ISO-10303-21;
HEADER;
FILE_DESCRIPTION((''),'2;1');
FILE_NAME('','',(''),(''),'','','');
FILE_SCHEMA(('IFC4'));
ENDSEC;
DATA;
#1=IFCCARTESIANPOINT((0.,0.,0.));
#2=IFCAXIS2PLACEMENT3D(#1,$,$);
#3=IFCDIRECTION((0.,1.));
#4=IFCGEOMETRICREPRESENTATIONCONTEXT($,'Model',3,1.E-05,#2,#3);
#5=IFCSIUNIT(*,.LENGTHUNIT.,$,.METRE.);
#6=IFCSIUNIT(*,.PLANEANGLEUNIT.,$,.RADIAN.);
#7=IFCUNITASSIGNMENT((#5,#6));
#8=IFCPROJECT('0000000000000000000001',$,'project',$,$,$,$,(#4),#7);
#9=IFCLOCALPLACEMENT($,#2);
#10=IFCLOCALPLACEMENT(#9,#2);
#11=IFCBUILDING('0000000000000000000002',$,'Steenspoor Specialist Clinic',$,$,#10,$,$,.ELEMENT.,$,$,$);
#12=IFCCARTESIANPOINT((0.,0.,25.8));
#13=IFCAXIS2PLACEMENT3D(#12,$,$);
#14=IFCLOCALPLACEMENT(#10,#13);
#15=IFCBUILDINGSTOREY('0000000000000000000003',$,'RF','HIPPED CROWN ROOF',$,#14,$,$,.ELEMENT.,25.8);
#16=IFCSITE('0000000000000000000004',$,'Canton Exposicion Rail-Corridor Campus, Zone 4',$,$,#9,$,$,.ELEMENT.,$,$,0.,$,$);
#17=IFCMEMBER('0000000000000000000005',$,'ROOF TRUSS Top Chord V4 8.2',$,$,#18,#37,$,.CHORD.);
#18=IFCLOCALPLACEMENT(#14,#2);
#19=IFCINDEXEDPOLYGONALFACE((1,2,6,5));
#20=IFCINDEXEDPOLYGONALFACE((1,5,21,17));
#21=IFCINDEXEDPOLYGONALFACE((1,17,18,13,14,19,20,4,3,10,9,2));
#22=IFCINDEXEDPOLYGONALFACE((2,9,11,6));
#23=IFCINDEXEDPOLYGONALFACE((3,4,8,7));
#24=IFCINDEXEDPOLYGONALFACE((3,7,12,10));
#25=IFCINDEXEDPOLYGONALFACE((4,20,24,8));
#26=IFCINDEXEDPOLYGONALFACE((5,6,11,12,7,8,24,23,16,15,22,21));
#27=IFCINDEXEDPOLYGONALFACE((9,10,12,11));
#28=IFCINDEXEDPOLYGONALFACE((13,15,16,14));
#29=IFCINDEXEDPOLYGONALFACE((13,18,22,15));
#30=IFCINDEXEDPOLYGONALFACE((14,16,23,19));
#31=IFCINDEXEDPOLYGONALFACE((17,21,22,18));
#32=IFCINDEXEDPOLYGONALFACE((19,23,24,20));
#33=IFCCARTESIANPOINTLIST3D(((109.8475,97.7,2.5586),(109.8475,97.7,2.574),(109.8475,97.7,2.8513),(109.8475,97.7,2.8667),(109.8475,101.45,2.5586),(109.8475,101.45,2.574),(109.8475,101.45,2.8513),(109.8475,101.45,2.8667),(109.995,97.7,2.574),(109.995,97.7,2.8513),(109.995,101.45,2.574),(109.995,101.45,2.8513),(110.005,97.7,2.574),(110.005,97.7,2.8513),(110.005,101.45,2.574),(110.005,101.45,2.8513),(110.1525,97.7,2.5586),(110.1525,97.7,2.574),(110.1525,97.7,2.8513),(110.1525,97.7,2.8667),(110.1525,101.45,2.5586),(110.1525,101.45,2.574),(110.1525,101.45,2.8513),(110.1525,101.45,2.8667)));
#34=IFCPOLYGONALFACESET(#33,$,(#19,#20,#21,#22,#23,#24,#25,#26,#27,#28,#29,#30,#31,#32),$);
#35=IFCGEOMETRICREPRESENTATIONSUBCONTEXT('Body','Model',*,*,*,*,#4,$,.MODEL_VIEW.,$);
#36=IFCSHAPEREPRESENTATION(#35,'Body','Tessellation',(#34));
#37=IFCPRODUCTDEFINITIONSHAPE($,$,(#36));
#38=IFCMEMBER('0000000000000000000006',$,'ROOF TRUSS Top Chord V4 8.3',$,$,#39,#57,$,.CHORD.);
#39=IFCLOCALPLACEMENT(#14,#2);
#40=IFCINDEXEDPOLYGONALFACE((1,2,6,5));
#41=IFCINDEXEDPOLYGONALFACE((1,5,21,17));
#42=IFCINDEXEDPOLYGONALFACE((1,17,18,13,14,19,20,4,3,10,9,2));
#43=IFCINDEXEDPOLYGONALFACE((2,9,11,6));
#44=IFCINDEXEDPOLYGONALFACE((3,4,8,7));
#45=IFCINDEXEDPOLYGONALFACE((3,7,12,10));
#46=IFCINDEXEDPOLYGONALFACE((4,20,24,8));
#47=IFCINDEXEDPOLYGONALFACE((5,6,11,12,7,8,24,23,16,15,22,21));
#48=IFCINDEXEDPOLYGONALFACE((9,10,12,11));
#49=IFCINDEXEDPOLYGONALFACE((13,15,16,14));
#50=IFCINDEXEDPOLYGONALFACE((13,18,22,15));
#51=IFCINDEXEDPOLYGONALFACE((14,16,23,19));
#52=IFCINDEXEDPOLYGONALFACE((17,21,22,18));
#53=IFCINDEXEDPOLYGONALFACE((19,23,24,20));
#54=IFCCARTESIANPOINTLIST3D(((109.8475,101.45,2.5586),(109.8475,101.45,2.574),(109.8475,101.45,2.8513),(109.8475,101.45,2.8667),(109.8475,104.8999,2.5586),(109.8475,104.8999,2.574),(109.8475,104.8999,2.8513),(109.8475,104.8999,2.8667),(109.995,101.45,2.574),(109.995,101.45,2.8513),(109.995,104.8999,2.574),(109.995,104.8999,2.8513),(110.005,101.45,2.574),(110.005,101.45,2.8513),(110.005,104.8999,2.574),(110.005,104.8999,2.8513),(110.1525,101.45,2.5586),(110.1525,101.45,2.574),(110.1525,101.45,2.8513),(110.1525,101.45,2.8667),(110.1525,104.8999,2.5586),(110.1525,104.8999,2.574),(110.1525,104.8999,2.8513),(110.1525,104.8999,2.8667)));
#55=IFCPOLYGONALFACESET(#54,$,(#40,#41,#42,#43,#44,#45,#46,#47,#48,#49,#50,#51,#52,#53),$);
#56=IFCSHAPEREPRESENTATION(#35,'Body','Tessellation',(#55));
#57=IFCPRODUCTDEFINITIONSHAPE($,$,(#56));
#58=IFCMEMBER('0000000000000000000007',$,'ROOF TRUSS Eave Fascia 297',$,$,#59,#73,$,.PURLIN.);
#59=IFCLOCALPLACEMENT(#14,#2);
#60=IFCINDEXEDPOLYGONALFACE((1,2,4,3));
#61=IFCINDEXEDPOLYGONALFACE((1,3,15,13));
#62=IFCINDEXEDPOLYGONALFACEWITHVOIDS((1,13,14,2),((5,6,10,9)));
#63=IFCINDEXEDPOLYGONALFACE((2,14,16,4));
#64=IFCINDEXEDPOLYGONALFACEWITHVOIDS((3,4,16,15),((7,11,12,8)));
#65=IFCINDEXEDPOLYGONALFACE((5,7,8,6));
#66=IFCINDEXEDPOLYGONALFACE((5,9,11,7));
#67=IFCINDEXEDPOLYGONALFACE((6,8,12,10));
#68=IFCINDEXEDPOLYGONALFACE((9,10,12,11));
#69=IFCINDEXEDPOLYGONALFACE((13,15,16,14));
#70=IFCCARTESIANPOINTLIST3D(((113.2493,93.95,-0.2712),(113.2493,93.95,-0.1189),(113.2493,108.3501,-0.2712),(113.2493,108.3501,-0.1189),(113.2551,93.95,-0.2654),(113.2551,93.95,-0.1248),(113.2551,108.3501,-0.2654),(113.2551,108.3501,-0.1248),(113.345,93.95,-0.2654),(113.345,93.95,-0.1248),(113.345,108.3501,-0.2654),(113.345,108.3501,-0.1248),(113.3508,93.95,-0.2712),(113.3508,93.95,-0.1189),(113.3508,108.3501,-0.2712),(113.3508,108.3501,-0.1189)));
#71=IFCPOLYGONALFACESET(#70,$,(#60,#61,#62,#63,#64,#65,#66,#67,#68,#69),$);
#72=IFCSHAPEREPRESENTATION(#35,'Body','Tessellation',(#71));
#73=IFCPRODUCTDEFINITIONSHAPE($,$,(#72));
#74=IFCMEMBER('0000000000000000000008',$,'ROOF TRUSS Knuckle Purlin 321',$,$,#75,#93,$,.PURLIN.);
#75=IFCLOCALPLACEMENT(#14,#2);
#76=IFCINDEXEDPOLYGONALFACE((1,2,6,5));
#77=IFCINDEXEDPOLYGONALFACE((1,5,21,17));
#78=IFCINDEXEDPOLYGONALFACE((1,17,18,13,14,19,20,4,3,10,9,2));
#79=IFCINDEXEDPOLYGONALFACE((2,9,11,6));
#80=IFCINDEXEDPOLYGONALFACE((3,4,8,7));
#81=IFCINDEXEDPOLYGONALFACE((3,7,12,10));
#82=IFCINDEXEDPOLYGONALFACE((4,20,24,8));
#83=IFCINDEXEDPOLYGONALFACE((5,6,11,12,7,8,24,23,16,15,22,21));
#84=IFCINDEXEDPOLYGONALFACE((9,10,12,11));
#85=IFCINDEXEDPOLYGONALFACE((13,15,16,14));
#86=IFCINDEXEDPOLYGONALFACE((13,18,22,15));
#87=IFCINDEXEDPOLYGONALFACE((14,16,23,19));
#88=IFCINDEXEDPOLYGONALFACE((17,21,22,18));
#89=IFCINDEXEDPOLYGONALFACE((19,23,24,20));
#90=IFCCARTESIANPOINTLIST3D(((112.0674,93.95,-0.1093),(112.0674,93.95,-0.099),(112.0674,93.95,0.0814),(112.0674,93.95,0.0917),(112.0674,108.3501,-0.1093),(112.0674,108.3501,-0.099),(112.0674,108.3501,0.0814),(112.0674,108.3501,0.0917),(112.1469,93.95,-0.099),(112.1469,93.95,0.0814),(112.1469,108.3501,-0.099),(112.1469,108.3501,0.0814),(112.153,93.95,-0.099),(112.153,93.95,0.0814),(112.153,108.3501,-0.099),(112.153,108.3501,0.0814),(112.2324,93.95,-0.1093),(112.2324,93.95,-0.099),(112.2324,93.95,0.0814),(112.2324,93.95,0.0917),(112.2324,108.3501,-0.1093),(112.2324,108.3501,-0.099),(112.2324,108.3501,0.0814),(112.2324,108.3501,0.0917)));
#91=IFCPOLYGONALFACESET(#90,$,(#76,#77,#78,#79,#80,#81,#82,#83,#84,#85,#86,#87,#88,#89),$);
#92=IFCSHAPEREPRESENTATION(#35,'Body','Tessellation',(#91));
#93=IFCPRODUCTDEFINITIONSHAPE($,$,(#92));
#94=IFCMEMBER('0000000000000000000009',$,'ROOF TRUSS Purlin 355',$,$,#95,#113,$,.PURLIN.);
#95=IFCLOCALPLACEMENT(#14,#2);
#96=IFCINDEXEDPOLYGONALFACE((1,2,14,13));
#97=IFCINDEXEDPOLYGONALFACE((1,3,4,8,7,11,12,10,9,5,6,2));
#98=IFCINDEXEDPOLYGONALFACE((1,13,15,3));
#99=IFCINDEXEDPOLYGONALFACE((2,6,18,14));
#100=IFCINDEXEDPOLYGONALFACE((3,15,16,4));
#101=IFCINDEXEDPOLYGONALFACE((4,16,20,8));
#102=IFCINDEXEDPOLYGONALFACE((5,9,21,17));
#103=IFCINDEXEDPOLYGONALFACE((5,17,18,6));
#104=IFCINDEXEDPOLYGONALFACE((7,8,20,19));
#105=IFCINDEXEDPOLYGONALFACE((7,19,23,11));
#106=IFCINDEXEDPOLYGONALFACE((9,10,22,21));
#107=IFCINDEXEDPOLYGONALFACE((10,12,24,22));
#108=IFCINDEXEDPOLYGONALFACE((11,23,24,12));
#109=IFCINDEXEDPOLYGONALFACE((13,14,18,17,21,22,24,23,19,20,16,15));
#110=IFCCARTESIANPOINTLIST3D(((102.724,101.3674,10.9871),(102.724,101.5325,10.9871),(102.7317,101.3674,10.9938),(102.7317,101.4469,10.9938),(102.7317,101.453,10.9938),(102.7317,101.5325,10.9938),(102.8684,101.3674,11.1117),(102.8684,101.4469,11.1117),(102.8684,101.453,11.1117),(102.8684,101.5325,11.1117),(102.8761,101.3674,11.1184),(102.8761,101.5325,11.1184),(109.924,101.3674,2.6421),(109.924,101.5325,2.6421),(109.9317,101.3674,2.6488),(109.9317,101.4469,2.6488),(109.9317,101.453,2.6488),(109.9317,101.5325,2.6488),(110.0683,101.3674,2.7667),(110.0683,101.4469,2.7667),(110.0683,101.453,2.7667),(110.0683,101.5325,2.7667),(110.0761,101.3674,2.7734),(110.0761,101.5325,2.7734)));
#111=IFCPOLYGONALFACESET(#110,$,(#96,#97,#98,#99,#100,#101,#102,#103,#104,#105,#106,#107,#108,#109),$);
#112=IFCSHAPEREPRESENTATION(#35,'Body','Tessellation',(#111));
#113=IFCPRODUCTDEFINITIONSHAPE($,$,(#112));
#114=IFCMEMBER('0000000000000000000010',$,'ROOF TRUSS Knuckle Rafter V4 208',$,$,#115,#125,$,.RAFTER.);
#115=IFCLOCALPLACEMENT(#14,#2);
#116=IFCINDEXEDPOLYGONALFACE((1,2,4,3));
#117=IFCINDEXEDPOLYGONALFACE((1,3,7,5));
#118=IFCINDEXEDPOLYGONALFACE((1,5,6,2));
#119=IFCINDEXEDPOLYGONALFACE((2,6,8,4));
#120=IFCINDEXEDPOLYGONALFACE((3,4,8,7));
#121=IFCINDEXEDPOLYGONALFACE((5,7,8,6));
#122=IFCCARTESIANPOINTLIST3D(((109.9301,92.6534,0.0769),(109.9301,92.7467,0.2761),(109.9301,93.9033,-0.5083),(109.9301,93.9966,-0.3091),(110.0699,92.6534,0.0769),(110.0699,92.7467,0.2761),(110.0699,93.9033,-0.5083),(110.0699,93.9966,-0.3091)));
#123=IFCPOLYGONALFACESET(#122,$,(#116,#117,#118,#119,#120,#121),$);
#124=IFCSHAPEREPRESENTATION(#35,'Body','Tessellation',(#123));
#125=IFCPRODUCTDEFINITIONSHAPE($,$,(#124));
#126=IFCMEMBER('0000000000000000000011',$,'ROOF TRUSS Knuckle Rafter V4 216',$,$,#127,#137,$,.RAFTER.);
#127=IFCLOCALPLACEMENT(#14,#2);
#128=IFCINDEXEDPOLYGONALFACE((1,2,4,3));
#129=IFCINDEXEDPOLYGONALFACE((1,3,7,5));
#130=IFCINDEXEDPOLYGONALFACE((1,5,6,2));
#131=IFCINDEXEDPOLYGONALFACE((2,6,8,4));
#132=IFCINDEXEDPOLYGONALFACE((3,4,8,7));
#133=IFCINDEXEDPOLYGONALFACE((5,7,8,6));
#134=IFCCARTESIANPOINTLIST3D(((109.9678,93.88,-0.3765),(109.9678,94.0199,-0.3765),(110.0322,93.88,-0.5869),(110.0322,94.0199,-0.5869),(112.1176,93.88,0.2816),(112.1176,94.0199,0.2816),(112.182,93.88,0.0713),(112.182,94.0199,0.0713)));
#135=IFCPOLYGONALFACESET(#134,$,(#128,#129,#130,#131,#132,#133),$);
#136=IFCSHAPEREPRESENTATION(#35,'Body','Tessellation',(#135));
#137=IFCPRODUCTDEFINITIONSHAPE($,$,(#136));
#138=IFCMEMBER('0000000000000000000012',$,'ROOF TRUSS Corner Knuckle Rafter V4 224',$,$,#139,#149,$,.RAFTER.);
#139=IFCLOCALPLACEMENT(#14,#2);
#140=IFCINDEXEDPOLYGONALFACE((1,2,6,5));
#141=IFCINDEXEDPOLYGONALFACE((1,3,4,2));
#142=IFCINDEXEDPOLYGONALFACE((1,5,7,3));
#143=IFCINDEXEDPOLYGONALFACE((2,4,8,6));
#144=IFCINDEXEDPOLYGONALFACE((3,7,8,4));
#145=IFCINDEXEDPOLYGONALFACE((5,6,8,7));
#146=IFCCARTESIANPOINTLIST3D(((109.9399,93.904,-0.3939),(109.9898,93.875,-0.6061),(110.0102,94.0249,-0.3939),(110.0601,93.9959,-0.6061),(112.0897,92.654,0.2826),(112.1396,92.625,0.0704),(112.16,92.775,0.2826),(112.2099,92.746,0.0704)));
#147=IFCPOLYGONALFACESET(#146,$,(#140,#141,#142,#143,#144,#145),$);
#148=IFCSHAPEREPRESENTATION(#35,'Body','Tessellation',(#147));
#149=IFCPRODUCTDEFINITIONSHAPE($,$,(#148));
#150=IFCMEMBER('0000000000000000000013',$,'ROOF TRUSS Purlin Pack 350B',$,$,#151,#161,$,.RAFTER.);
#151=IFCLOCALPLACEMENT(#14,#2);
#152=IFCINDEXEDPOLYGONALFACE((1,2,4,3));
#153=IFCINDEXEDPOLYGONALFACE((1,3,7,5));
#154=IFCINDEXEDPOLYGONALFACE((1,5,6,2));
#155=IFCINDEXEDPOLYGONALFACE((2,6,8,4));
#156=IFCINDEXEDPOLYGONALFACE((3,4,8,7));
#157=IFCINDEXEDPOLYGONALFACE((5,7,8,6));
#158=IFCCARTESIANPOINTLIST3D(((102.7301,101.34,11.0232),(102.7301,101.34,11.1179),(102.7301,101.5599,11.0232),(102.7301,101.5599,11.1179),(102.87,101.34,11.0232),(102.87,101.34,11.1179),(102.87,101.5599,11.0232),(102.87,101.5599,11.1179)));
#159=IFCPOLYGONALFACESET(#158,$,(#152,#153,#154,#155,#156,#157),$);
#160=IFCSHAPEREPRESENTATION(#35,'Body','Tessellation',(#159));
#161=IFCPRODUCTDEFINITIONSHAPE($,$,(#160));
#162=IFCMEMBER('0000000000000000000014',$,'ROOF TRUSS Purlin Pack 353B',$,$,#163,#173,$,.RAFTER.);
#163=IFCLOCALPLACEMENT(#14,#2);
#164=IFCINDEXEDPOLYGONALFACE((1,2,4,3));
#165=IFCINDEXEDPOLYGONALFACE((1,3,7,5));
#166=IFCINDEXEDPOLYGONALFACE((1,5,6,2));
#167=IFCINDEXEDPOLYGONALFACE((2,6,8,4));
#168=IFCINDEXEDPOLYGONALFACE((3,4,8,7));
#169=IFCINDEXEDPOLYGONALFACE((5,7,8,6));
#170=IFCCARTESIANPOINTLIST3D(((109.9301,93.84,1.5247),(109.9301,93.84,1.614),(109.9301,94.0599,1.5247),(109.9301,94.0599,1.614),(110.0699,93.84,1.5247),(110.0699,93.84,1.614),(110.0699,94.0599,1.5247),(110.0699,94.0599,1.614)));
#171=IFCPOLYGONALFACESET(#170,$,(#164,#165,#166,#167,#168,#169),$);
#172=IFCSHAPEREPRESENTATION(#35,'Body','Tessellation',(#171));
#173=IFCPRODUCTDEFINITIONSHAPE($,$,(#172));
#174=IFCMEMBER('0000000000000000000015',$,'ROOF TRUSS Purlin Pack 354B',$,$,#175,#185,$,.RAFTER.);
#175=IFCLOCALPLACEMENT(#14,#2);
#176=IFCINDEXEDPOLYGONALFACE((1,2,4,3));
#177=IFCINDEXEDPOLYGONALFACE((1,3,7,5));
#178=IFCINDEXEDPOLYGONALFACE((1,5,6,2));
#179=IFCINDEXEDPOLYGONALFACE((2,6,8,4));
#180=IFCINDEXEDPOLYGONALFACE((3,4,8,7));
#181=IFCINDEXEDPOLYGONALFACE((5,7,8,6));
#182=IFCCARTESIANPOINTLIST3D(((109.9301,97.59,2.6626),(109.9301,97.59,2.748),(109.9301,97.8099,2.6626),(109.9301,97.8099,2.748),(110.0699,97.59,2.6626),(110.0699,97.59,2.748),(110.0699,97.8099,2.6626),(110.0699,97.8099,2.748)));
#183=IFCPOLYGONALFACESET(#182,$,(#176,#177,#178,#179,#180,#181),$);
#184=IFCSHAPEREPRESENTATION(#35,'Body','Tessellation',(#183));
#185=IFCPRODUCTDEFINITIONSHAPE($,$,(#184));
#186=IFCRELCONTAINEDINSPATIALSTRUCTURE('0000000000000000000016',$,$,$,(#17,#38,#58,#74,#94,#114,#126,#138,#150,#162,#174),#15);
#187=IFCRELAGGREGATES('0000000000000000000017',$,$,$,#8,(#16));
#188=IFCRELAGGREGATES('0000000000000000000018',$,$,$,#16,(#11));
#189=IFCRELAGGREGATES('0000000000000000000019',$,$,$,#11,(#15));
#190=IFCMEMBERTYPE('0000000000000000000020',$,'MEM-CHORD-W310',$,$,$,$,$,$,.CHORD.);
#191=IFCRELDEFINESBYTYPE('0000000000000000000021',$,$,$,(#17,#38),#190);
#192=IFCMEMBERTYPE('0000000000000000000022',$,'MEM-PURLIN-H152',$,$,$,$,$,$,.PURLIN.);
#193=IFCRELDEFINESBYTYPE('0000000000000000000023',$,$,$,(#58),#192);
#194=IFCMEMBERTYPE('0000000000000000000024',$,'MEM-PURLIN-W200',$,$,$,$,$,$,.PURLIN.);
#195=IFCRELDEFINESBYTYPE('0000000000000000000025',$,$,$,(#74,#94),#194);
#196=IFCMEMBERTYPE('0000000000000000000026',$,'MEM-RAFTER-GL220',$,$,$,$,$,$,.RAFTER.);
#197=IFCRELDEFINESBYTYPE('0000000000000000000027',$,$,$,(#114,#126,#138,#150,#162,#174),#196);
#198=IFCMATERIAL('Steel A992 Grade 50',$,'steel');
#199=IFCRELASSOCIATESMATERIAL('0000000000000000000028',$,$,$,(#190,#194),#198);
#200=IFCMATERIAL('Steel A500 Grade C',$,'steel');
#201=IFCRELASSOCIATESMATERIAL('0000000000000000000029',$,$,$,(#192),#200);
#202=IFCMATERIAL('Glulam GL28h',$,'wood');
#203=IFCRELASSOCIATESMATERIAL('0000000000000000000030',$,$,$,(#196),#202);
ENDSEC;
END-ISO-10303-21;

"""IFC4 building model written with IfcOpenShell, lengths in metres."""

from ifc_helpers import new_model, si_unit, direction, frame, origin, origin_2d, place, context, subcontext, project, spatial, rectangle, hollow_rectangle, i_section, extrude, material, material_profile, profile_set, type_object, element, save


model = new_model("IFC4")

# Units and contexts
model_context = context("Model", 3, precision=1e-05, world=origin(), true_north=direction((0.0, 1.0)))
body_context = subcontext(model_context, "Body", "Model", "MODEL_VIEW")
ifc_project = project(units=[si_unit("LENGTHUNIT", "METRE"), si_unit("PLANEANGLEUNIT", "RADIAN")], contexts=[model_context])

# Site, building, storey
site_placement = place(None, origin())
site = spatial("IfcSite", under=ifc_project, at=site_placement, Name="Canton Exposicion Rail-Corridor Campus, Zone 4", CompositionType="ELEMENT", RefElevation=0.0)
building_placement = place(site_placement, origin())
building = spatial("IfcBuilding", under=site, at=building_placement, Name="Steenspoor Specialist Clinic", CompositionType="ELEMENT")
storey_placement = place(building_placement, frame((0.0, 0.0, 25.8)))
storey = spatial("IfcBuildingStorey", under=building, at=storey_placement, Name="RF", Description="HIPPED CROWN ROOF", CompositionType="ELEMENT", Elevation=25.8)

# Shared definitions
ifc_material_1 = material(Name="Steel A992 Grade 50", Category="steel")

# Members
ifc_material_2 = material(Name="Steel A500 Grade C", Category="steel")
ifc_material_profile_1 = material_profile(ifc_material_1, i_section(OverallWidth=0.3049, OverallDepth=0.3081, WebThickness=0.01, FlangeThickness=0.0154, at=origin_2d()), Name="W310X97")
ifc_profile_set_1 = profile_set([ifc_material_profile_1], Name="Steel A992 Grade 50")
member_type_1 = type_object("IfcMemberType", Name="MEM-CHORD-W310", PredefinedType="CHORD", material=ifc_profile_set_1)
member_1_placement = place(storey_placement, frame((110.0, 97.7, 2.7126), z_axis=(0.0, 1.0, 0.0), x_axis=(-1.0, 0.0, 0.0)))
element("IfcMember", 1, at=member_1_placement, inside=storey, type_object=member_type_1, Name="ROOF TRUSS Top Chord V4 8.2", PredefinedType="CHORD", context=body_context, shape_type="SweptSolid", body=[
    extrude(i_section(OverallWidth=0.3049, OverallDepth=0.3081, WebThickness=0.01, FlangeThickness=0.0154, at=origin_2d()), origin(), (0.0, 0.0, 1.0), 3.75),
])
member_2_placement = place(storey_placement, frame((110.0, 101.45, 2.7126), z_axis=(0.0, 1.0, 0.0), x_axis=(-1.0, 0.0, 0.0)))
element("IfcMember", 2, at=member_2_placement, inside=storey, type_object=member_type_1, Name="ROOF TRUSS Top Chord V4 8.3", PredefinedType="CHORD", context=body_context, shape_type="SweptSolid", body=[
    extrude(i_section(OverallWidth=0.3049, OverallDepth=0.3081, WebThickness=0.01, FlangeThickness=0.0154, at=origin_2d()), origin(), (0.0, 0.0, 1.0), 3.45),
])
ifc_material_profile_2 = material_profile(ifc_material_2, hollow_rectangle(XDim=0.1016, YDim=0.1523, WallThickness=0.0059, at=origin_2d()), Name="HSS152X102X6.4")
ifc_profile_set_2 = profile_set([ifc_material_profile_2], Name="Steel A500 Grade C")
member_type_2 = type_object("IfcMemberType", Name="MEM-PURLIN-H152", PredefinedType="PURLIN", material=ifc_profile_set_2)
member_3_placement = place(storey_placement, frame((113.3, 93.95, -0.1951), z_axis=(0.0, 1.0, 0.0), x_axis=(-1.0, 0.0, 0.0)))
element("IfcMember", 3, at=member_3_placement, inside=storey, type_object=member_type_2, Name="ROOF TRUSS Eave Fascia 297", PredefinedType="PURLIN", context=body_context, shape_type="SweptSolid", body=[
    extrude(hollow_rectangle(XDim=0.1016, YDim=0.1523, WallThickness=0.0059, at=origin_2d()), origin(), (0.0, 0.0, 1.0), 14.4001),
])
ifc_material_profile_3 = material_profile(ifc_material_1, i_section(OverallWidth=0.165, OverallDepth=0.2009, WebThickness=0.0061, FlangeThickness=0.0103, at=origin_2d()), Name="W200X36")
ifc_profile_set_3 = profile_set([ifc_material_profile_3], Name="Steel A992 Grade 50")
member_type_3 = type_object("IfcMemberType", Name="MEM-PURLIN-W200", PredefinedType="PURLIN", material=ifc_profile_set_3)
member_4_placement = place(storey_placement, frame((112.1499, 93.95, -0.0088), z_axis=(0.0, 1.0, 0.0), x_axis=(-1.0, 0.0, 0.0)))
element("IfcMember", 4, at=member_4_placement, inside=storey, type_object=member_type_3, Name="ROOF TRUSS Knuckle Purlin 321", PredefinedType="PURLIN", context=body_context, shape_type="SweptSolid", body=[
    extrude(i_section(OverallWidth=0.165, OverallDepth=0.2009, WebThickness=0.0061, FlangeThickness=0.0103, at=origin_2d()), origin(), (0.0, 0.0, 1.0), 14.4001),
])
member_5_placement = place(storey_placement, frame((102.8, 101.45, 11.0527), z_axis=(0.653252, 0.0, -0.75714), x_axis=(0.0, 1.0, 0.0)))
element("IfcMember", 5, at=member_5_placement, inside=storey, type_object=member_type_3, Name="ROOF TRUSS Purlin 355", PredefinedType="PURLIN", context=body_context, shape_type="SweptSolid", body=[
    extrude(i_section(OverallWidth=0.165, OverallDepth=0.2009, WebThickness=0.0061, FlangeThickness=0.0103, at=origin_2d()), origin(), (0.0, 0.0, 1.0), 11.0217),
])
ifc_material_3 = material(Name="Glulam GL28h", Category="wood")
ifc_material_profile_4 = material_profile(ifc_material_3, rectangle(XDim=0.1399, YDim=0.22, at=origin_2d()), Name="GL28H-140X220")
ifc_profile_set_4 = profile_set([ifc_material_profile_4], Name="Glulam GL28h")
member_type_4 = type_object("IfcMemberType", Name="MEM-RAFTER-GL220", PredefinedType="RAFTER", material=ifc_profile_set_4)
member_6_placement = place(storey_placement, frame((110.0, 93.95, -0.4087), z_axis=(0.0, -0.905663, 0.423999), x_axis=(1.0, 0.0, 0.0)))
element("IfcMember", 6, at=member_6_placement, inside=storey, type_object=member_type_4, Name="ROOF TRUSS Knuckle Rafter V4 208", PredefinedType="RAFTER", context=body_context, shape_type="SweptSolid", body=[
    extrude(rectangle(XDim=0.1399, YDim=0.22, at=origin_2d()), origin(), (0.0, 0.0, 1.0), 1.3801),
])
member_7_placement = place(storey_placement, frame((110.0, 93.95, -0.4817), z_axis=(0.956191, 0.0, 0.292743), x_axis=(0.0, 1.0, 0.0)))
element("IfcMember", 7, at=member_7_placement, inside=storey, type_object=member_type_4, Name="ROOF TRUSS Knuckle Rafter V4 216", PredefinedType="RAFTER", context=body_context, shape_type="SweptSolid", body=[
    extrude(rectangle(XDim=0.1399, YDim=0.22, at=origin_2d()), origin(), (0.0, 0.0, 1.0), 2.2483),
])
member_8_placement = place(storey_placement, frame((110.0, 93.95, -0.5), z_axis=(0.834183, -0.485012, 0.262494), x_axis=(0.502638, 0.864497, 0.0)))
element("IfcMember", 8, at=member_8_placement, inside=storey, type_object=member_type_4, Name="ROOF TRUSS Corner Knuckle Rafter V4 224", PredefinedType="RAFTER", context=body_context, shape_type="SweptSolid", body=[
    extrude(rectangle(XDim=0.1399, YDim=0.22, at=origin_2d()), origin(), (0.0, 0.0, 1.0), 2.5771),
])
member_9_placement = place(storey_placement, frame((102.8, 101.45, 11.0232), z_axis=(0.0, 0.0, 1.0), x_axis=(1.0, 0.0, 0.0)))
element("IfcMember", 9, at=member_9_placement, inside=storey, type_object=member_type_4, Name="ROOF TRUSS Purlin Pack 350B", PredefinedType="RAFTER", context=body_context, shape_type="SweptSolid", body=[
    extrude(rectangle(XDim=0.1399, YDim=0.22, at=origin_2d()), origin(), (0.0, 0.0, 1.0), 0.0947),
])
member_10_placement = place(storey_placement, frame((110.0, 93.95, 1.5247), z_axis=(0.0, 0.0, 1.0), x_axis=(1.0, 0.0, 0.0)))
element("IfcMember", 10, at=member_10_placement, inside=storey, type_object=member_type_4, Name="ROOF TRUSS Purlin Pack 353B", PredefinedType="RAFTER", context=body_context, shape_type="SweptSolid", body=[
    extrude(rectangle(XDim=0.1399, YDim=0.22, at=origin_2d()), origin(), (0.0, 0.0, 1.0), 0.0894),
])
member_11_placement = place(storey_placement, frame((110.0, 97.7, 2.6626), z_axis=(0.0, 0.0, 1.0), x_axis=(1.0, 0.0, 0.0)))
element("IfcMember", 11, at=member_11_placement, inside=storey, type_object=member_type_4, Name="ROOF TRUSS Purlin Pack 354B", PredefinedType="RAFTER", context=body_context, shape_type="SweptSolid", body=[
    extrude(rectangle(XDim=0.1399, YDim=0.22, at=origin_2d()), origin(), (0.0, 0.0, 1.0), 0.0854),
])

save(model, "model.ifc")
